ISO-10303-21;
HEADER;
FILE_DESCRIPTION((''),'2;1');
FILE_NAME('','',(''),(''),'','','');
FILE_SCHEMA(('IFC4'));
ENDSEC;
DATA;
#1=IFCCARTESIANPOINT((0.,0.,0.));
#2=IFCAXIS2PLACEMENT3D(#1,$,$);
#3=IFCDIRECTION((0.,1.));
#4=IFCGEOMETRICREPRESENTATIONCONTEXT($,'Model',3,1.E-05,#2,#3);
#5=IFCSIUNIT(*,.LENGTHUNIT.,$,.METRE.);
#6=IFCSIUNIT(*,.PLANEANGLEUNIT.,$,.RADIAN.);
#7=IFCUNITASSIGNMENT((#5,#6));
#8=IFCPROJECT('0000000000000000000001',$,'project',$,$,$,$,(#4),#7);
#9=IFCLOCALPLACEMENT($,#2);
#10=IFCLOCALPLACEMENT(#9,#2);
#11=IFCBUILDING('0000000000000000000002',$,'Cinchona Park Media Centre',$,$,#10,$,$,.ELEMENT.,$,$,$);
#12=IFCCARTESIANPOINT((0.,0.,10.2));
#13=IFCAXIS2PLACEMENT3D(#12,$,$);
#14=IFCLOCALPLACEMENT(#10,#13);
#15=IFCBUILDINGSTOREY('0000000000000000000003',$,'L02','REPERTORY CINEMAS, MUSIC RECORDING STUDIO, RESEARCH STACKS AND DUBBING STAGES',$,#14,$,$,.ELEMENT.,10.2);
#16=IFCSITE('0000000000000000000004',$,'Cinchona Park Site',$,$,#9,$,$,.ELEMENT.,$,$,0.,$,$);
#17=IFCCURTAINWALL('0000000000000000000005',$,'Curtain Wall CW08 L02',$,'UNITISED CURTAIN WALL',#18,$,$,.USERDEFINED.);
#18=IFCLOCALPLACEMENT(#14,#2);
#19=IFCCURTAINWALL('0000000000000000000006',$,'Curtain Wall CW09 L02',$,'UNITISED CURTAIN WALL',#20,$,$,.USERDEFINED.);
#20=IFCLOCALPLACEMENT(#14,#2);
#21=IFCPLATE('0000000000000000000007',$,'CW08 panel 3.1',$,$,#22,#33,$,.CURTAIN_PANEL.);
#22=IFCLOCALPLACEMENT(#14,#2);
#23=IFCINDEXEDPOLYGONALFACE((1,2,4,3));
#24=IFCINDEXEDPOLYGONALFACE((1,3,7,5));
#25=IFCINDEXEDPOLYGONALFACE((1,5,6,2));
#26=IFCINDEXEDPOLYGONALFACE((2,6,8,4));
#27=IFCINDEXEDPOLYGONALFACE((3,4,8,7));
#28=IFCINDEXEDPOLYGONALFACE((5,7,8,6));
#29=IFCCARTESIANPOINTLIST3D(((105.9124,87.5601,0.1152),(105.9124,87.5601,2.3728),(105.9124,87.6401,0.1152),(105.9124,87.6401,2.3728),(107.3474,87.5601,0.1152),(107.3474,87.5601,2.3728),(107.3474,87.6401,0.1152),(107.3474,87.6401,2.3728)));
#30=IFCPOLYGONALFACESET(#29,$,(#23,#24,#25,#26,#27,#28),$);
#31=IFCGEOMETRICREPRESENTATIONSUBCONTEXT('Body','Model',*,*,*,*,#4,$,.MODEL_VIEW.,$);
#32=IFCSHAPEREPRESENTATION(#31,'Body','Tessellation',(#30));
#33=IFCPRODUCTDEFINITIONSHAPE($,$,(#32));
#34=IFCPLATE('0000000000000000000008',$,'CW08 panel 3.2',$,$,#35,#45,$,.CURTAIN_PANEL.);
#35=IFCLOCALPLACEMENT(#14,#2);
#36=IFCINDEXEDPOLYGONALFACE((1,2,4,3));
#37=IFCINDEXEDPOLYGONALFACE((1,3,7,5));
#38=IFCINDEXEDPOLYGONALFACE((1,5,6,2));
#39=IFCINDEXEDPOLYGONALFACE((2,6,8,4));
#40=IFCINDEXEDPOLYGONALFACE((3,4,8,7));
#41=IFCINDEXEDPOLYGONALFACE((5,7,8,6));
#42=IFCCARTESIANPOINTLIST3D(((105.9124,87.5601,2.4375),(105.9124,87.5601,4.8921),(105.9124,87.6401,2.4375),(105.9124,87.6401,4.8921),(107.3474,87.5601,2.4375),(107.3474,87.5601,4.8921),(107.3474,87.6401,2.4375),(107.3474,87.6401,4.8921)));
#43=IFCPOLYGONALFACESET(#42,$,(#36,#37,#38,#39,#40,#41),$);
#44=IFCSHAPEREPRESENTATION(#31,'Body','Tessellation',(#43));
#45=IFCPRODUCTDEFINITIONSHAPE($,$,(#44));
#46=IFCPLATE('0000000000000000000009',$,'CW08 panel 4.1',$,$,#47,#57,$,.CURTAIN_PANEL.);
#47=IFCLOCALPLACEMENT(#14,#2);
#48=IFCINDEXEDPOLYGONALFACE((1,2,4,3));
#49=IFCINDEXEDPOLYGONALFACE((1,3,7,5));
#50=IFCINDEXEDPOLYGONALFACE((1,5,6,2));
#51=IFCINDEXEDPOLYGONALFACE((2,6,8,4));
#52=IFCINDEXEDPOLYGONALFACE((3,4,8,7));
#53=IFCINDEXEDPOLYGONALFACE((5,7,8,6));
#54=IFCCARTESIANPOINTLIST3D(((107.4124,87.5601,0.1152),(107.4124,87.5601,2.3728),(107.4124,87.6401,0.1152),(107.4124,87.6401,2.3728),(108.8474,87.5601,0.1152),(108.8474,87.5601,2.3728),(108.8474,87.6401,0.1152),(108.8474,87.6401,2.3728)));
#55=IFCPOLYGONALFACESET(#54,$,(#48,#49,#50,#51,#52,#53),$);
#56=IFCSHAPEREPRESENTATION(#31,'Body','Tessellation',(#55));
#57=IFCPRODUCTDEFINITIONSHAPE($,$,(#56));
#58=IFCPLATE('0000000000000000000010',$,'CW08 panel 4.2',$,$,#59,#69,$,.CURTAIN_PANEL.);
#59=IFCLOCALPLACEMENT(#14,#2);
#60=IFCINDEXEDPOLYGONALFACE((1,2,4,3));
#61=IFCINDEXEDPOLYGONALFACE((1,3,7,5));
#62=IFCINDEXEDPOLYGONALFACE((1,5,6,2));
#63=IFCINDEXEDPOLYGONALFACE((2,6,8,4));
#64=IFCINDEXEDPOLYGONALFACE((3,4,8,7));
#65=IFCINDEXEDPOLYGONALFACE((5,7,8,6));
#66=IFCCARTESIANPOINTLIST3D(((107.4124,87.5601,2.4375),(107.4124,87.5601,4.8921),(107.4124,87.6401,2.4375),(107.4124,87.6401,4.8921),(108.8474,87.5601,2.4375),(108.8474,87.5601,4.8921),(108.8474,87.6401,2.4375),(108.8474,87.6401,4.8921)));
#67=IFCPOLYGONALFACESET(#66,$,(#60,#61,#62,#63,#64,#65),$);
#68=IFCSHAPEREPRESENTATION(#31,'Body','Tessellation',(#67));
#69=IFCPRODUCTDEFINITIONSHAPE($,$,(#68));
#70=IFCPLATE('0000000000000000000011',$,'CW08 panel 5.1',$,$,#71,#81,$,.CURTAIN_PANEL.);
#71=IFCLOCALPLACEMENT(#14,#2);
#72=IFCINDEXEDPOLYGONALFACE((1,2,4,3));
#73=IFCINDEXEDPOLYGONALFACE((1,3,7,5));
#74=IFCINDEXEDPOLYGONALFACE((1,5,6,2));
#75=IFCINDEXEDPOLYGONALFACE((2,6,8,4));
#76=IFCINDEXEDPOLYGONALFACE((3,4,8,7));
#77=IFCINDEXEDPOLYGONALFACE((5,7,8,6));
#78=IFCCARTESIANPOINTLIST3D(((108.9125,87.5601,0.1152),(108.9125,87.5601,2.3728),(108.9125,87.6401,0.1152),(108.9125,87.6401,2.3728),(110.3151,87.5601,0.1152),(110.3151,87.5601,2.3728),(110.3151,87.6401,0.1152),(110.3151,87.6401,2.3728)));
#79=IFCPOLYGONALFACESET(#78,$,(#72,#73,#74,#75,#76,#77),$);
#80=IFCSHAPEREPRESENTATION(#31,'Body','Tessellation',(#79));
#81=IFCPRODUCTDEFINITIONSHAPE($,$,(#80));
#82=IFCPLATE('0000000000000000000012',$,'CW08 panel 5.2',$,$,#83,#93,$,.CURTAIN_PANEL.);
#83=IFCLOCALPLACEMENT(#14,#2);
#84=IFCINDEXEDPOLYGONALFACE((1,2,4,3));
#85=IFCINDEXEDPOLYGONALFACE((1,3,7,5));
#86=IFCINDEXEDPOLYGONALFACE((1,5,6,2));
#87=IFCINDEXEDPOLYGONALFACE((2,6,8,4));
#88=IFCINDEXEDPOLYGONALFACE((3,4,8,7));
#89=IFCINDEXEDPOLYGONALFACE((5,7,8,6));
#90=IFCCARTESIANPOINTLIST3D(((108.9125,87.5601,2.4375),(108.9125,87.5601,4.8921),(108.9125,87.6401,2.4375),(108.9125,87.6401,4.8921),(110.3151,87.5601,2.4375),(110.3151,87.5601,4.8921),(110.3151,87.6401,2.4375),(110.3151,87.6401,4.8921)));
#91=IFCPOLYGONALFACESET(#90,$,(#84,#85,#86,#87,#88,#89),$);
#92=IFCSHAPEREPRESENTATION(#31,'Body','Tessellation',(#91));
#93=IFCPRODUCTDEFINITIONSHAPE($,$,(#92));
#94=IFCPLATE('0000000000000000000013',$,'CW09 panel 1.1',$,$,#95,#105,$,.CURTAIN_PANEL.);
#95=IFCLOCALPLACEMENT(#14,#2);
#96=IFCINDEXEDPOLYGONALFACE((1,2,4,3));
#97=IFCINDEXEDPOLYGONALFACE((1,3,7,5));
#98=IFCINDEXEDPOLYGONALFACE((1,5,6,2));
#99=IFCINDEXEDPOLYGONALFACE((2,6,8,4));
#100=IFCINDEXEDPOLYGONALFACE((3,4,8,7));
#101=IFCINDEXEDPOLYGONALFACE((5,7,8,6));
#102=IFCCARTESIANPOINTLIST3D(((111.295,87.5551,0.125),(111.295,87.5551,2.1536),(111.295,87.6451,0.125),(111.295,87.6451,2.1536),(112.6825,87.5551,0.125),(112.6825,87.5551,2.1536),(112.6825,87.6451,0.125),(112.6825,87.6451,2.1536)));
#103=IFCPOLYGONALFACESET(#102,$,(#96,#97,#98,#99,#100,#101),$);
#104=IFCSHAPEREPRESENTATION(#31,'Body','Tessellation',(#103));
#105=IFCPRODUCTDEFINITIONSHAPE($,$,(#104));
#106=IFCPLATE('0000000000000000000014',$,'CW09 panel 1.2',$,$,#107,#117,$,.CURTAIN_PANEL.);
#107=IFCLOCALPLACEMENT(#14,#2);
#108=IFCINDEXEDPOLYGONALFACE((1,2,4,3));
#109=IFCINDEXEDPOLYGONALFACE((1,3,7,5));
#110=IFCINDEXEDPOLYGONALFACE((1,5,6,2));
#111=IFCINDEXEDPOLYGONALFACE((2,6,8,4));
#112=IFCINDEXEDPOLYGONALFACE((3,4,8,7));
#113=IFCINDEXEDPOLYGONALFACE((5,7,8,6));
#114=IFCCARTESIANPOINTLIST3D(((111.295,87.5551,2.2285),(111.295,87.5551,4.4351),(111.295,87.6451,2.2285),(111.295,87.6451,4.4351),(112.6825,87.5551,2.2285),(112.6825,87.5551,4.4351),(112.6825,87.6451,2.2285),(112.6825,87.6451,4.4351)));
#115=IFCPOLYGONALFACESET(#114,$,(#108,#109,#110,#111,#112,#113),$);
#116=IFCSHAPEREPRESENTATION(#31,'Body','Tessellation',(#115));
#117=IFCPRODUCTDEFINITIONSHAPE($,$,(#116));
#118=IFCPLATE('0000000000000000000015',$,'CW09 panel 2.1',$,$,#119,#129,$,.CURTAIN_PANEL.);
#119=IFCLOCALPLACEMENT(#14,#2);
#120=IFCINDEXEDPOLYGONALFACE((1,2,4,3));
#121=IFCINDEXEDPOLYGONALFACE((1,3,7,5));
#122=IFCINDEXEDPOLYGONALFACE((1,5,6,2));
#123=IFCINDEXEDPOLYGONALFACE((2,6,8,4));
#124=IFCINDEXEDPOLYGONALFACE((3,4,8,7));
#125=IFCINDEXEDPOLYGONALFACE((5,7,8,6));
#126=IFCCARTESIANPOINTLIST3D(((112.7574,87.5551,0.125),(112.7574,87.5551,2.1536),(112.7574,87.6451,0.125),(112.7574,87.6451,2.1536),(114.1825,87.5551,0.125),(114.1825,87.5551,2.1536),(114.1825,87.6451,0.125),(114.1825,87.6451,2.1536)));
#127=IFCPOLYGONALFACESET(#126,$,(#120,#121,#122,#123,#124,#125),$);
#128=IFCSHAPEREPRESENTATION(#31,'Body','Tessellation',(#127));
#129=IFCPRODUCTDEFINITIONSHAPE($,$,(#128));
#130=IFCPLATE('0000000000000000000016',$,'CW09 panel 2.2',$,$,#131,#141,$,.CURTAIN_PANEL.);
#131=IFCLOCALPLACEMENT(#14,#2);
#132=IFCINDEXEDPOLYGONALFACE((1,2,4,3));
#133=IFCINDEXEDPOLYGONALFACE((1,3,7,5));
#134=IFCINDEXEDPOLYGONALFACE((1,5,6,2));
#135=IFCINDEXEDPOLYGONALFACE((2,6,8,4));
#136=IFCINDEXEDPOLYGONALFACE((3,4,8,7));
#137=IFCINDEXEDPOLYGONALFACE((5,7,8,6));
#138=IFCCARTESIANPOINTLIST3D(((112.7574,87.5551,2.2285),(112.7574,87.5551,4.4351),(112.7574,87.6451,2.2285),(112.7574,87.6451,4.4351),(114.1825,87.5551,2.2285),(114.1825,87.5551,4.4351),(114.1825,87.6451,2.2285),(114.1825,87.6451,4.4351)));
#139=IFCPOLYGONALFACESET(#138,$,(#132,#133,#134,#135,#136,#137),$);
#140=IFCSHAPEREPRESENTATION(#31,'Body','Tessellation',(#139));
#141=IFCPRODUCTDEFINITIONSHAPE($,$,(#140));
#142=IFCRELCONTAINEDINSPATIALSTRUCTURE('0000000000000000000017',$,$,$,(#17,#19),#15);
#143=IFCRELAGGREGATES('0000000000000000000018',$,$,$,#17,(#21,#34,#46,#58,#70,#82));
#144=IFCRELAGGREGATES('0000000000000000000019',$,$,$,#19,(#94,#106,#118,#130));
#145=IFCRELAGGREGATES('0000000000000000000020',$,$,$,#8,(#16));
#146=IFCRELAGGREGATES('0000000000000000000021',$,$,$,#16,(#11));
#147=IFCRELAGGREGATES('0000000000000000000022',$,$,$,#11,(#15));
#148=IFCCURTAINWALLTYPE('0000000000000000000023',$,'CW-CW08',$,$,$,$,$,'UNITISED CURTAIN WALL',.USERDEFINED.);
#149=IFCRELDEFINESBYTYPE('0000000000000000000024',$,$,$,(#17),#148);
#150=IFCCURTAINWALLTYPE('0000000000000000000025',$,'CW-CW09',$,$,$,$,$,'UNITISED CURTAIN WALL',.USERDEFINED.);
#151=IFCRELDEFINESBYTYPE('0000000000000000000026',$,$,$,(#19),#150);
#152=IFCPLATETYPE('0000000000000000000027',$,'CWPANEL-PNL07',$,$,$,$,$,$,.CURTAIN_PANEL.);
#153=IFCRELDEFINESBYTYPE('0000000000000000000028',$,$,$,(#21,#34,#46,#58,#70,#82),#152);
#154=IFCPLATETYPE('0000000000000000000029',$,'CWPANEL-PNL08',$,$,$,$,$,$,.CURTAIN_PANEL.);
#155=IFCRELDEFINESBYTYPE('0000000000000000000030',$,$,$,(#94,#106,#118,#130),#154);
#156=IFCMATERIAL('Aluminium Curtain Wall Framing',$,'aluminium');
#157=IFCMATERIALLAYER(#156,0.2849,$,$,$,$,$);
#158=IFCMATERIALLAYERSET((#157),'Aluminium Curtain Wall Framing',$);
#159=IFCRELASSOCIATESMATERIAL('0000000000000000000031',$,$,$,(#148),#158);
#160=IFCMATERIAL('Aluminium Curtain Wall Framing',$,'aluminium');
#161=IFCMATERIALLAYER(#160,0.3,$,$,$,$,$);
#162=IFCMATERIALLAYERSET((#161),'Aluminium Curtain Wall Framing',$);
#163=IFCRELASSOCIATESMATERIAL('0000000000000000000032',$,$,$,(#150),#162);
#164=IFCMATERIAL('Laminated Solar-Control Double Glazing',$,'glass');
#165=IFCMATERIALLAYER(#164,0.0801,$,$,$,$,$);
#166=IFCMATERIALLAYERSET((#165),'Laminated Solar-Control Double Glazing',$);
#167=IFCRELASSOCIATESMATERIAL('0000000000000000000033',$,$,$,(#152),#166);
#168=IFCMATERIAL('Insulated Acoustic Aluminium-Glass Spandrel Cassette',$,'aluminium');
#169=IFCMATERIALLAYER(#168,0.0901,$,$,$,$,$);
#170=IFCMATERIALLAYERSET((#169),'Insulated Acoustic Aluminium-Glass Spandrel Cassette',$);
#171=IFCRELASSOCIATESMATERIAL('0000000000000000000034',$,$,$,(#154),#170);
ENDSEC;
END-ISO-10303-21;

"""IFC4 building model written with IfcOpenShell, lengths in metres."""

from ifc_helpers import new_model, si_unit, direction, frame, origin, origin_2d, place, context, subcontext, project, spatial, rectangle, extrude, material, layer, layer_set, type_object, element, aggregate, save


model = new_model("IFC4")

# Units and contexts
model_context = context("Model", 3, precision=1e-05, world=origin(), true_north=direction((0.0, 1.0)))
body_context = subcontext(model_context, "Body", "Model", "MODEL_VIEW")
ifc_project = project(units=[si_unit("LENGTHUNIT", "METRE"), si_unit("PLANEANGLEUNIT", "RADIAN")], contexts=[model_context])

# Site, building, storey
site_placement = place(None, origin())
site = spatial("IfcSite", under=ifc_project, at=site_placement, Name="Cinchona Park Site", CompositionType="ELEMENT", RefElevation=0.0)
building_placement = place(site_placement, origin())
building = spatial("IfcBuilding", under=site, at=building_placement, Name="Cinchona Park Media Centre", CompositionType="ELEMENT")
storey_placement = place(building_placement, frame((0.0, 0.0, 10.2)))
storey = spatial("IfcBuildingStorey", under=building, at=storey_placement, Name="L02", Description="REPERTORY CINEMAS, MUSIC RECORDING STUDIO, RESEARCH STACKS AND DUBBING STAGES", CompositionType="ELEMENT", Elevation=10.2)

# Curtain walls
ifc_material_1 = material(Name="Aluminium Curtain Wall Framing", Category="aluminium")
ifc_layer_1 = layer(ifc_material_1, 0.2849)
ifc_layer_set_1 = layer_set([ifc_layer_1], Name="Aluminium Curtain Wall Framing")
curtain_wall_type_1 = type_object("IfcCurtainWallType", Name="CW-CW08", ElementType="UNITISED CURTAIN WALL", PredefinedType="USERDEFINED", material=ifc_layer_set_1)
curtain_wall_1_placement = place(storey_placement, origin())
curtain_wall_1 = element("IfcCurtainWall", 1, at=curtain_wall_1_placement, inside=storey, type_object=curtain_wall_type_1, Name="Curtain Wall CW08 L02", ObjectType="UNITISED CURTAIN WALL", PredefinedType="USERDEFINED")
ifc_material_2 = material(Name="Aluminium Curtain Wall Framing", Category="aluminium")
ifc_layer_2 = layer(ifc_material_2, 0.3)
ifc_layer_set_2 = layer_set([ifc_layer_2], Name="Aluminium Curtain Wall Framing")
curtain_wall_type_2 = type_object("IfcCurtainWallType", Name="CW-CW09", ElementType="UNITISED CURTAIN WALL", PredefinedType="USERDEFINED", material=ifc_layer_set_2)
curtain_wall_2_placement = place(storey_placement, origin())
curtain_wall_2 = element("IfcCurtainWall", 2, at=curtain_wall_2_placement, inside=storey, type_object=curtain_wall_type_2, Name="Curtain Wall CW09 L02", ObjectType="UNITISED CURTAIN WALL", PredefinedType="USERDEFINED")

# Plates
ifc_material_3 = material(Name="Laminated Solar-Control Double Glazing", Category="glass")
ifc_layer_3 = layer(ifc_material_3, 0.0801)
ifc_layer_set_3 = layer_set([ifc_layer_3], Name="Laminated Solar-Control Double Glazing")
plate_type_1 = type_object("IfcPlateType", Name="CWPANEL-PNL07", PredefinedType="CURTAIN_PANEL", material=ifc_layer_set_3)
plate_1_placement = place(storey_placement, frame((106.6299, 87.6001, 0.1152), z_axis=(0.0, 0.0, 1.0), x_axis=(1.0, 0.0, 0.0)))
plate_1 = element("IfcPlate", 3, at=plate_1_placement, type_object=plate_type_1, Name="CW08 panel 3.1", PredefinedType="CURTAIN_PANEL", context=body_context, shape_type="SweptSolid", body=[
    extrude(rectangle(XDim=1.4351, YDim=0.0801, at=origin_2d()), origin(), (0.0, 0.0, 1.0), 2.2576),
])
plate_2_placement = place(storey_placement, frame((106.6299, 87.6001, 2.4375), z_axis=(0.0, 0.0, 1.0), x_axis=(1.0, 0.0, 0.0)))
plate_2 = element("IfcPlate", 4, at=plate_2_placement, type_object=plate_type_1, Name="CW08 panel 3.2", PredefinedType="CURTAIN_PANEL", context=body_context, shape_type="SweptSolid", body=[
    extrude(rectangle(XDim=1.4351, YDim=0.0801, at=origin_2d()), origin(), (0.0, 0.0, 1.0), 2.4546),
])
plate_3_placement = place(storey_placement, frame((108.1299, 87.6001, 0.1152), z_axis=(0.0, 0.0, 1.0), x_axis=(1.0, 0.0, 0.0)))
plate_3 = element("IfcPlate", 5, at=plate_3_placement, type_object=plate_type_1, Name="CW08 panel 4.1", PredefinedType="CURTAIN_PANEL", context=body_context, shape_type="SweptSolid", body=[
    extrude(rectangle(XDim=1.4351, YDim=0.0801, at=origin_2d()), origin(), (0.0, 0.0, 1.0), 2.2576),
])
plate_4_placement = place(storey_placement, frame((108.1299, 87.6001, 2.4375), z_axis=(0.0, 0.0, 1.0), x_axis=(1.0, 0.0, 0.0)))
plate_4 = element("IfcPlate", 6, at=plate_4_placement, type_object=plate_type_1, Name="CW08 panel 4.2", PredefinedType="CURTAIN_PANEL", context=body_context, shape_type="SweptSolid", body=[
    extrude(rectangle(XDim=1.4351, YDim=0.0801, at=origin_2d()), origin(), (0.0, 0.0, 1.0), 2.4546),
])
plate_5_placement = place(storey_placement, frame((109.6138, 87.6001, 0.1152), z_axis=(0.0, 0.0, 1.0), x_axis=(1.0, 0.0, 0.0)))
plate_5 = element("IfcPlate", 7, at=plate_5_placement, type_object=plate_type_1, Name="CW08 panel 5.1", PredefinedType="CURTAIN_PANEL", context=body_context, shape_type="SweptSolid", body=[
    extrude(rectangle(XDim=1.4026, YDim=0.0801, at=origin_2d()), origin(), (0.0, 0.0, 1.0), 2.2576),
])
plate_6_placement = place(storey_placement, frame((109.6138, 87.6001, 2.4375), z_axis=(0.0, 0.0, 1.0), x_axis=(1.0, 0.0, 0.0)))
plate_6 = element("IfcPlate", 8, at=plate_6_placement, type_object=plate_type_1, Name="CW08 panel 5.2", PredefinedType="CURTAIN_PANEL", context=body_context, shape_type="SweptSolid", body=[
    extrude(rectangle(XDim=1.4026, YDim=0.0801, at=origin_2d()), origin(), (0.0, 0.0, 1.0), 2.4546),
])
aggregate(curtain_wall_1, [plate_1, plate_2, plate_3, plate_4, plate_5, plate_6])
ifc_material_4 = material(Name="Insulated Acoustic Aluminium-Glass Spandrel Cassette", Category="aluminium")
ifc_layer_4 = layer(ifc_material_4, 0.0901)
ifc_layer_set_4 = layer_set([ifc_layer_4], Name="Insulated Acoustic Aluminium-Glass Spandrel Cassette")
plate_type_2 = type_object("IfcPlateType", Name="CWPANEL-PNL08", PredefinedType="CURTAIN_PANEL", material=ifc_layer_set_4)
plate_7_placement = place(storey_placement, frame((111.9888, 87.6001, 0.125), z_axis=(0.0, 0.0, 1.0), x_axis=(1.0, 0.0, 0.0)))
plate_7 = element("IfcPlate", 9, at=plate_7_placement, type_object=plate_type_2, Name="CW09 panel 1.1", PredefinedType="CURTAIN_PANEL", context=body_context, shape_type="SweptSolid", body=[
    extrude(rectangle(XDim=1.3875, YDim=0.0901, at=origin_2d()), origin(), (0.0, 0.0, 1.0), 2.0286),
])
plate_8_placement = place(storey_placement, frame((111.9888, 87.6001, 2.2285), z_axis=(0.0, 0.0, 1.0), x_axis=(1.0, 0.0, 0.0)))
plate_8 = element("IfcPlate", 10, at=plate_8_placement, type_object=plate_type_2, Name="CW09 panel 1.2", PredefinedType="CURTAIN_PANEL", context=body_context, shape_type="SweptSolid", body=[
    extrude(rectangle(XDim=1.3875, YDim=0.0901, at=origin_2d()), origin(), (0.0, 0.0, 1.0), 2.2065),
])
plate_9_placement = place(storey_placement, frame((113.47, 87.6001, 0.125), z_axis=(0.0, 0.0, 1.0), x_axis=(1.0, 0.0, 0.0)))
plate_9 = element("IfcPlate", 11, at=plate_9_placement, type_object=plate_type_2, Name="CW09 panel 2.1", PredefinedType="CURTAIN_PANEL", context=body_context, shape_type="SweptSolid", body=[
    extrude(rectangle(XDim=1.425, YDim=0.0901, at=origin_2d()), origin(), (0.0, 0.0, 1.0), 2.0286),
])
plate_10_placement = place(storey_placement, frame((113.47, 87.6001, 2.2285), z_axis=(0.0, 0.0, 1.0), x_axis=(1.0, 0.0, 0.0)))
plate_10 = element("IfcPlate", 12, at=plate_10_placement, type_object=plate_type_2, Name="CW09 panel 2.2", PredefinedType="CURTAIN_PANEL", context=body_context, shape_type="SweptSolid", body=[
    extrude(rectangle(XDim=1.425, YDim=0.0901, at=origin_2d()), origin(), (0.0, 0.0, 1.0), 2.2065),
])
aggregate(curtain_wall_2, [plate_7, plate_8, plate_9, plate_10])

save(model, "model.ifc")
